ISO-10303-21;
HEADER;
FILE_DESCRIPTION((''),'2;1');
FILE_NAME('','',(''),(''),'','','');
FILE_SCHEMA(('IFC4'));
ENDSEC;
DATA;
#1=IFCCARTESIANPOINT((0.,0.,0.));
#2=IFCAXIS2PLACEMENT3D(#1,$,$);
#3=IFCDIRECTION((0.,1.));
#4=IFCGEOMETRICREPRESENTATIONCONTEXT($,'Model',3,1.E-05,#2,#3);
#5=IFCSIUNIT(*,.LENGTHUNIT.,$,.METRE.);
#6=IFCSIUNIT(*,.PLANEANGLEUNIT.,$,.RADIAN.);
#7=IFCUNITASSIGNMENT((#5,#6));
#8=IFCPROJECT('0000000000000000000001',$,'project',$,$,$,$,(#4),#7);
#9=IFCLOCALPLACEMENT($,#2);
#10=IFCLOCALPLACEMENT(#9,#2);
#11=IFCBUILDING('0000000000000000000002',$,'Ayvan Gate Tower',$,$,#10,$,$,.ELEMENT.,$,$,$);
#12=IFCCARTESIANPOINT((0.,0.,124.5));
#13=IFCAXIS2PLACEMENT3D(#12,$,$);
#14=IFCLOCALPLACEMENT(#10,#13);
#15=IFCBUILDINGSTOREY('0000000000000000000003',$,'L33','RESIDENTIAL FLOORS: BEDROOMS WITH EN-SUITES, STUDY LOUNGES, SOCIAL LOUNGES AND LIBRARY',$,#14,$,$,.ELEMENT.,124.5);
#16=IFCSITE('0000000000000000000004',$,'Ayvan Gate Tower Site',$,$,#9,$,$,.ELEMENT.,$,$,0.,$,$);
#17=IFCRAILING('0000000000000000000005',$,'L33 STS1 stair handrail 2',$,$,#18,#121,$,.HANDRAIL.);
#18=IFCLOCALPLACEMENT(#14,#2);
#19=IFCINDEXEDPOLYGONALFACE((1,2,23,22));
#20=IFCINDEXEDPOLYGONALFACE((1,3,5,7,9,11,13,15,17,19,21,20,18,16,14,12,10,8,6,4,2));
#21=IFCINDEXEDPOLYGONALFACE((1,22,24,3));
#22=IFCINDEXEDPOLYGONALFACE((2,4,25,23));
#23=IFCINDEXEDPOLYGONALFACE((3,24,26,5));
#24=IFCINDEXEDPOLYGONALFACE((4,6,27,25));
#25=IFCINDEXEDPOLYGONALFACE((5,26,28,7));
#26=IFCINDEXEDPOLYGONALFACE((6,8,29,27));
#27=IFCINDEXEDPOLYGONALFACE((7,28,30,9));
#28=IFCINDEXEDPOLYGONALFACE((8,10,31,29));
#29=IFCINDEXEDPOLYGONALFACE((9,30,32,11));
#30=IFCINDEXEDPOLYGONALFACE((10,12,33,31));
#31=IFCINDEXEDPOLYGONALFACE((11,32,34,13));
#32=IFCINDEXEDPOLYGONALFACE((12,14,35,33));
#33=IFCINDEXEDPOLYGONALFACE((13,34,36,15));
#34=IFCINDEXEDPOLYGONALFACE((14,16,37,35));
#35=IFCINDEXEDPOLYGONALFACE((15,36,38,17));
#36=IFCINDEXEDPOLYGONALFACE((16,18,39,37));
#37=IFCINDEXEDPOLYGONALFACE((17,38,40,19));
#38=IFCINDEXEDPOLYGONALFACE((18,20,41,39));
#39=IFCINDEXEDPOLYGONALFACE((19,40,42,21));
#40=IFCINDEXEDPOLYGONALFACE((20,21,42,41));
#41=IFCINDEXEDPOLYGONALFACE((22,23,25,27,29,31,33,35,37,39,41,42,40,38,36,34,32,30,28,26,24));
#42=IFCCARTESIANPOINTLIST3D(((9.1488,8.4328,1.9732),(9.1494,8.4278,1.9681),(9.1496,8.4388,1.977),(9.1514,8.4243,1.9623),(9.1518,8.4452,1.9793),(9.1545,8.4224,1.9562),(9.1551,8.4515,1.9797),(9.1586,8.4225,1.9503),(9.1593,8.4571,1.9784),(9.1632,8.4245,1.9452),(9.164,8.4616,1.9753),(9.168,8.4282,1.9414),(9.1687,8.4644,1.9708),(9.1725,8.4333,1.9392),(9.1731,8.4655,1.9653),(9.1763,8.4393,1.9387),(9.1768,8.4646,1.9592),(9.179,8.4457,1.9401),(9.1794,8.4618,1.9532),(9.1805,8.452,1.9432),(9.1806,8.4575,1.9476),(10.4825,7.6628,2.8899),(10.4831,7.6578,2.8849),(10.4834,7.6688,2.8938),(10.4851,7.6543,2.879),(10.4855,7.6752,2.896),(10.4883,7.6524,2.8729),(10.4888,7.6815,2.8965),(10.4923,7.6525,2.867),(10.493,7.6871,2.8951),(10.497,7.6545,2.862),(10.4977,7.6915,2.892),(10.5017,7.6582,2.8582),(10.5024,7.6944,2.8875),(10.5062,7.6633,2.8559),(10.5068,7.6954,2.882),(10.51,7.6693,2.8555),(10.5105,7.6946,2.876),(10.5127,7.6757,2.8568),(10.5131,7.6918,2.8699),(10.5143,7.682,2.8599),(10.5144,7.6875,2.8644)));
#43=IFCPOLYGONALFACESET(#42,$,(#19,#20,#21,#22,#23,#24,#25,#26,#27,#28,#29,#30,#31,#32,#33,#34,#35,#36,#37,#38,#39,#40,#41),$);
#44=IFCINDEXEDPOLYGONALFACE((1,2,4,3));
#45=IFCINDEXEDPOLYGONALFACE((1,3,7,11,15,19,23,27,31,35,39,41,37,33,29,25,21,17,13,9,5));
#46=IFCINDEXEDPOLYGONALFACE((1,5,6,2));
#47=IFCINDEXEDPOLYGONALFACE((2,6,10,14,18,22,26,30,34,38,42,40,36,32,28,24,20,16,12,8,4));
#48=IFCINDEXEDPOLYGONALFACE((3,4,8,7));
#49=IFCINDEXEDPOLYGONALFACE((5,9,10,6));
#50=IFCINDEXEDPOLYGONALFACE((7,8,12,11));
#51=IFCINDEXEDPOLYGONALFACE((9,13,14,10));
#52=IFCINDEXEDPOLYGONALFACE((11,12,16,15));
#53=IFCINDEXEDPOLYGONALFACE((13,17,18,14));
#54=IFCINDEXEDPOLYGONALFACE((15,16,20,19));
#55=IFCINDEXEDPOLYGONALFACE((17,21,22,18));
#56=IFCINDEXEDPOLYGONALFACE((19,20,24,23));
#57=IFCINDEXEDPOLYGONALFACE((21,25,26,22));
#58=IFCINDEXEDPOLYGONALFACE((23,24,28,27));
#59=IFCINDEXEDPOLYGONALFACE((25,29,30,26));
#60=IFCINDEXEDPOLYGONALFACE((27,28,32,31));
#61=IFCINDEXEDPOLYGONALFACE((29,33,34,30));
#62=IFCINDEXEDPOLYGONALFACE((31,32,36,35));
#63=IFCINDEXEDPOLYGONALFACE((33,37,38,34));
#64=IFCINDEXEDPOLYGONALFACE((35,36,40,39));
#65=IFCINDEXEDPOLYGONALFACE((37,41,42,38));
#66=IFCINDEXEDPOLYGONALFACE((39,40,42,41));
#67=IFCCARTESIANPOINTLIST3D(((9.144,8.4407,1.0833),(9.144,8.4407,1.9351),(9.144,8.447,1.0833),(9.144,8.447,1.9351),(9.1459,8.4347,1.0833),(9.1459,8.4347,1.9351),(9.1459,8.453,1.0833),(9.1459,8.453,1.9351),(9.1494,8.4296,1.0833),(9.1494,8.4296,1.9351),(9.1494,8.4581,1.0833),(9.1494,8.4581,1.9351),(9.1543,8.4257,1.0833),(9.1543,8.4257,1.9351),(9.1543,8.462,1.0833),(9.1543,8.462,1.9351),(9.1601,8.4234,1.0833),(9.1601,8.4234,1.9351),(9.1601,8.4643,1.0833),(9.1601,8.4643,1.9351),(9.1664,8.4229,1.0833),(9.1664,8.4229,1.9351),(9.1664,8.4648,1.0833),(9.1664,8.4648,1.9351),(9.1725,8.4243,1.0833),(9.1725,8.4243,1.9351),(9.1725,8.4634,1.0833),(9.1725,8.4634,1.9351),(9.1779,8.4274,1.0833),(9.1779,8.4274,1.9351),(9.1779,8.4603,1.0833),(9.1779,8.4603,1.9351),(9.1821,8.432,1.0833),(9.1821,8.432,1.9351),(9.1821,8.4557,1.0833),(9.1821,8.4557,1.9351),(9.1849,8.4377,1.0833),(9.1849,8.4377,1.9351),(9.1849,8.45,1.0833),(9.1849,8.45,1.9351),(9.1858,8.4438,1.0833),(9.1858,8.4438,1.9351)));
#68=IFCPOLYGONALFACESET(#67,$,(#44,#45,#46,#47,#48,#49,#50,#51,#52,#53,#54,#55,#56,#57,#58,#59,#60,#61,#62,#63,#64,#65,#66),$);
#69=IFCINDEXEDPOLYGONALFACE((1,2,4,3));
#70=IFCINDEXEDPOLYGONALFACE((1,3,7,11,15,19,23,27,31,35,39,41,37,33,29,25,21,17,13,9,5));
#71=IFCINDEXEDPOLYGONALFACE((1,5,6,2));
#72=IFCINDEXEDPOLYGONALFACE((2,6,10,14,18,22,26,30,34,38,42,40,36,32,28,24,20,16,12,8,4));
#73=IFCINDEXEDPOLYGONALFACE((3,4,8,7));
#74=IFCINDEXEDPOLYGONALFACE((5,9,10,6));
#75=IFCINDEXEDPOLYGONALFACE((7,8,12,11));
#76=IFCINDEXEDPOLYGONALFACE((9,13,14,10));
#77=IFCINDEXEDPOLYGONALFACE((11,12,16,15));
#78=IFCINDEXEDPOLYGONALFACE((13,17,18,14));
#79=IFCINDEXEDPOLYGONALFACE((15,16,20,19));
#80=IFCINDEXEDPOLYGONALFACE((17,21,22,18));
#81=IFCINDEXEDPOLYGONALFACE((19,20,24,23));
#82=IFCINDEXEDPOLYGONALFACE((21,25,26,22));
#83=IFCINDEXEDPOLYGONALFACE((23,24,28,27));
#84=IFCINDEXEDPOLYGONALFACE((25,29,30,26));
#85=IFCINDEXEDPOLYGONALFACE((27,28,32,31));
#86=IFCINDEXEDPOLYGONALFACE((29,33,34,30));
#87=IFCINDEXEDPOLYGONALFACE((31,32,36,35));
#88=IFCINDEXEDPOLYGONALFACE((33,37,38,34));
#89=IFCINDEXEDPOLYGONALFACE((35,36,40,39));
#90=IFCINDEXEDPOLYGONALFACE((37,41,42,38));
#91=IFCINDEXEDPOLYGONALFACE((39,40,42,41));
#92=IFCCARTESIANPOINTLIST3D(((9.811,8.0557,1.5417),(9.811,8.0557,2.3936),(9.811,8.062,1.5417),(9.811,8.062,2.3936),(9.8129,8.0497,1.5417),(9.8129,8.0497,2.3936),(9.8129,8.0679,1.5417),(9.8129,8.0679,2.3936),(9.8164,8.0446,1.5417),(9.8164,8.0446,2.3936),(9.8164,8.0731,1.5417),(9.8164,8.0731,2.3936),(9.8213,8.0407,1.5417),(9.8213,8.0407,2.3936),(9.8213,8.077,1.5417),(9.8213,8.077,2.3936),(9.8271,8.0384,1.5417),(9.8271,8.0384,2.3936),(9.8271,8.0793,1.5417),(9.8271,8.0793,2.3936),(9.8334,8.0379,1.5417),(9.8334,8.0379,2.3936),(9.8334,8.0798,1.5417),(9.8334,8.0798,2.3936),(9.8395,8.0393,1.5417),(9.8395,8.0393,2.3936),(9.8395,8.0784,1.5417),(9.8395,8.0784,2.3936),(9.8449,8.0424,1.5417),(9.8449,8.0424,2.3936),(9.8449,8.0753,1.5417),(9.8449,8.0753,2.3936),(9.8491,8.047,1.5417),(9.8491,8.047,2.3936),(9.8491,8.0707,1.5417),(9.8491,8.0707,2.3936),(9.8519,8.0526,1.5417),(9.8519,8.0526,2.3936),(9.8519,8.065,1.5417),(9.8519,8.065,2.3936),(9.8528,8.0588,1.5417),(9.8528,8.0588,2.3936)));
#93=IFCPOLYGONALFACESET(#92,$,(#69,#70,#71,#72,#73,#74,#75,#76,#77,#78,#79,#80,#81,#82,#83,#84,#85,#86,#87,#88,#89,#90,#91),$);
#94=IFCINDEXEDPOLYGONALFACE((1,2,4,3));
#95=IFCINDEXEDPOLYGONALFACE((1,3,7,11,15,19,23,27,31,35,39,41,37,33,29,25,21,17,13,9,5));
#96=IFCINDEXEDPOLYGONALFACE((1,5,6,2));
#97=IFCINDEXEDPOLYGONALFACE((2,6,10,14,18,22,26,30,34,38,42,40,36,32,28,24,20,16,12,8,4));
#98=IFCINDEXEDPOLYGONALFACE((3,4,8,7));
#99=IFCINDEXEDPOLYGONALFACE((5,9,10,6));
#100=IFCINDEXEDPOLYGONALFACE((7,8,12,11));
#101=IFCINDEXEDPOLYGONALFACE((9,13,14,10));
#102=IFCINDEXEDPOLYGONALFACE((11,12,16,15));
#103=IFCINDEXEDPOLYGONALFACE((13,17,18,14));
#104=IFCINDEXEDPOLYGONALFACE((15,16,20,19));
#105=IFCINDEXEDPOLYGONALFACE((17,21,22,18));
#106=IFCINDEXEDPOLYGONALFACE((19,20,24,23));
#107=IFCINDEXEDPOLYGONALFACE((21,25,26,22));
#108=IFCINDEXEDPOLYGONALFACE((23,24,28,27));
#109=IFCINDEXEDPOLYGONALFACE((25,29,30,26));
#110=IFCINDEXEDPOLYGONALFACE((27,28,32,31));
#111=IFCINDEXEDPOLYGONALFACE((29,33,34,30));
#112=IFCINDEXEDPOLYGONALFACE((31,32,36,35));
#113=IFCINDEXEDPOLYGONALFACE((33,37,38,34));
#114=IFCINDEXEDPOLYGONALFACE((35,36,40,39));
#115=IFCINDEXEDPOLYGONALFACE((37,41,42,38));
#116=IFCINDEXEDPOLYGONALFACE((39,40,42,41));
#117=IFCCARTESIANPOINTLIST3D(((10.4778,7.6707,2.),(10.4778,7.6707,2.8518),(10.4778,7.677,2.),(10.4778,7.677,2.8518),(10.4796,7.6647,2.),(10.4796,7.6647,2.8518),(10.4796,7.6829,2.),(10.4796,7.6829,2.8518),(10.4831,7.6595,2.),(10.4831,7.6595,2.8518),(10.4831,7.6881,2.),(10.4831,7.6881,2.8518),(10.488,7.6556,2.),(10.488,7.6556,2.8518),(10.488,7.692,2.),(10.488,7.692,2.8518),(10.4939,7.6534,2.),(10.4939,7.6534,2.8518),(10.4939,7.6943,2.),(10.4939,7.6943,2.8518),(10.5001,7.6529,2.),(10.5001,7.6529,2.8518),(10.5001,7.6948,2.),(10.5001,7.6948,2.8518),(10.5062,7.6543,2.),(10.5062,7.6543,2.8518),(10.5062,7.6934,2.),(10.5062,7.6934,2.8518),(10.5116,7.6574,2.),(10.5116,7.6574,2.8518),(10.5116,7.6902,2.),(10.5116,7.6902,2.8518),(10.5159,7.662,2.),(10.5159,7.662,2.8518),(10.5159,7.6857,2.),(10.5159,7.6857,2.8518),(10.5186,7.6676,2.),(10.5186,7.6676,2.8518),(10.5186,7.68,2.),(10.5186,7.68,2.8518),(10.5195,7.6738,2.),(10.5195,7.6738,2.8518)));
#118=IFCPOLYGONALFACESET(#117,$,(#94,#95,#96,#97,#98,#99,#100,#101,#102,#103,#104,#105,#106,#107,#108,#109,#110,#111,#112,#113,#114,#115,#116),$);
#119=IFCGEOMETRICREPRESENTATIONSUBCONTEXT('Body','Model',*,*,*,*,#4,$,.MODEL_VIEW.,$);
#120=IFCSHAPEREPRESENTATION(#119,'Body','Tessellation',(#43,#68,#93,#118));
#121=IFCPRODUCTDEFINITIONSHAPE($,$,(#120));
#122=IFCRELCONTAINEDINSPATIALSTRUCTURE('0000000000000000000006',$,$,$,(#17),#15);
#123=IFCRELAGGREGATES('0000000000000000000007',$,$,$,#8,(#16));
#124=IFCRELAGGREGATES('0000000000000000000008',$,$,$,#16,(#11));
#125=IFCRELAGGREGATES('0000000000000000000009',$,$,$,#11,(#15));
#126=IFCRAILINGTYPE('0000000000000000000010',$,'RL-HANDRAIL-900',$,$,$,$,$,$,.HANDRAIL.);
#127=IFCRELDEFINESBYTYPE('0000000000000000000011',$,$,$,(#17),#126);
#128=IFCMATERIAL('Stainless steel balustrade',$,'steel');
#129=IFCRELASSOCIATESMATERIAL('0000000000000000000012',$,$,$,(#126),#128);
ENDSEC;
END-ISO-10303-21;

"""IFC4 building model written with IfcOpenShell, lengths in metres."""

from ifc_helpers import new_model, si_unit, direction, frame, origin, origin_2d, place, context, subcontext, project, spatial, circle, extrude, material, type_object, element, save


model = new_model("IFC4")

# Units and contexts
model_context = context("Model", 3, precision=1e-05, world=origin(), true_north=direction((0.0, 1.0)))
body_context = subcontext(model_context, "Body", "Model", "MODEL_VIEW")
ifc_project = project(units=[si_unit("LENGTHUNIT", "METRE"), si_unit("PLANEANGLEUNIT", "RADIAN")], contexts=[model_context])

# Site, building, storey
site_placement = place(None, origin())
site = spatial("IfcSite", under=ifc_project, at=site_placement, Name="Ayvan Gate Tower Site", CompositionType="ELEMENT", RefElevation=0.0)
building_placement = place(site_placement, origin())
building = spatial("IfcBuilding", under=site, at=building_placement, Name="Ayvan Gate Tower", CompositionType="ELEMENT")
storey_placement = place(building_placement, frame((0.0, 0.0, 124.5)))
storey = spatial("IfcBuildingStorey", under=building, at=storey_placement, Name="L33", Description="RESIDENTIAL FLOORS: BEDROOMS WITH EN-SUITES, STUDY LOUNGES, SOCIAL LOUNGES AND LIBRARY", CompositionType="ELEMENT", Elevation=124.5)

# Railing
ifc_material_1 = material(Name="Stainless steel balustrade", Category="steel")
railing_type_1 = type_object("IfcRailingType", Name="RL-HANDRAIL-900", PredefinedType="HANDRAIL", material=ifc_material_1)
railing_1_placement = place(storey_placement, frame((9.1648, 8.4438, 1.0833)))
element("IfcRailing", 1, at=railing_1_placement, inside=storey, type_object=railing_type_1, Name="L33 STS1 stair handrail 2", PredefinedType="HANDRAIL", context=body_context, shape_type="SweptSolid", body=[
    extrude(circle(Radius=0.0239, at=origin_2d()), frame((0.0, 0.0, 0.876), z_axis=(0.744164, -0.429634, 0.511502), x_axis=(0.499992, 0.86603, 0.0)), (0.0, 0.0, 1.0), 1.7922),
    extrude(circle(Radius=0.021, at=origin_2d()), origin(), (0.0, 0.0, 1.0), 0.8518),
    extrude(circle(Radius=0.021, at=origin_2d()), frame((0.667, -0.385, 0.4585)), (0.0, 0.0, 1.0), 0.8518),
    extrude(circle(Radius=0.021, at=origin_2d()), frame((1.3337, -0.77, 0.9167)), (0.0, 0.0, 1.0), 0.8518),
])

save(model, "model.ifc")
